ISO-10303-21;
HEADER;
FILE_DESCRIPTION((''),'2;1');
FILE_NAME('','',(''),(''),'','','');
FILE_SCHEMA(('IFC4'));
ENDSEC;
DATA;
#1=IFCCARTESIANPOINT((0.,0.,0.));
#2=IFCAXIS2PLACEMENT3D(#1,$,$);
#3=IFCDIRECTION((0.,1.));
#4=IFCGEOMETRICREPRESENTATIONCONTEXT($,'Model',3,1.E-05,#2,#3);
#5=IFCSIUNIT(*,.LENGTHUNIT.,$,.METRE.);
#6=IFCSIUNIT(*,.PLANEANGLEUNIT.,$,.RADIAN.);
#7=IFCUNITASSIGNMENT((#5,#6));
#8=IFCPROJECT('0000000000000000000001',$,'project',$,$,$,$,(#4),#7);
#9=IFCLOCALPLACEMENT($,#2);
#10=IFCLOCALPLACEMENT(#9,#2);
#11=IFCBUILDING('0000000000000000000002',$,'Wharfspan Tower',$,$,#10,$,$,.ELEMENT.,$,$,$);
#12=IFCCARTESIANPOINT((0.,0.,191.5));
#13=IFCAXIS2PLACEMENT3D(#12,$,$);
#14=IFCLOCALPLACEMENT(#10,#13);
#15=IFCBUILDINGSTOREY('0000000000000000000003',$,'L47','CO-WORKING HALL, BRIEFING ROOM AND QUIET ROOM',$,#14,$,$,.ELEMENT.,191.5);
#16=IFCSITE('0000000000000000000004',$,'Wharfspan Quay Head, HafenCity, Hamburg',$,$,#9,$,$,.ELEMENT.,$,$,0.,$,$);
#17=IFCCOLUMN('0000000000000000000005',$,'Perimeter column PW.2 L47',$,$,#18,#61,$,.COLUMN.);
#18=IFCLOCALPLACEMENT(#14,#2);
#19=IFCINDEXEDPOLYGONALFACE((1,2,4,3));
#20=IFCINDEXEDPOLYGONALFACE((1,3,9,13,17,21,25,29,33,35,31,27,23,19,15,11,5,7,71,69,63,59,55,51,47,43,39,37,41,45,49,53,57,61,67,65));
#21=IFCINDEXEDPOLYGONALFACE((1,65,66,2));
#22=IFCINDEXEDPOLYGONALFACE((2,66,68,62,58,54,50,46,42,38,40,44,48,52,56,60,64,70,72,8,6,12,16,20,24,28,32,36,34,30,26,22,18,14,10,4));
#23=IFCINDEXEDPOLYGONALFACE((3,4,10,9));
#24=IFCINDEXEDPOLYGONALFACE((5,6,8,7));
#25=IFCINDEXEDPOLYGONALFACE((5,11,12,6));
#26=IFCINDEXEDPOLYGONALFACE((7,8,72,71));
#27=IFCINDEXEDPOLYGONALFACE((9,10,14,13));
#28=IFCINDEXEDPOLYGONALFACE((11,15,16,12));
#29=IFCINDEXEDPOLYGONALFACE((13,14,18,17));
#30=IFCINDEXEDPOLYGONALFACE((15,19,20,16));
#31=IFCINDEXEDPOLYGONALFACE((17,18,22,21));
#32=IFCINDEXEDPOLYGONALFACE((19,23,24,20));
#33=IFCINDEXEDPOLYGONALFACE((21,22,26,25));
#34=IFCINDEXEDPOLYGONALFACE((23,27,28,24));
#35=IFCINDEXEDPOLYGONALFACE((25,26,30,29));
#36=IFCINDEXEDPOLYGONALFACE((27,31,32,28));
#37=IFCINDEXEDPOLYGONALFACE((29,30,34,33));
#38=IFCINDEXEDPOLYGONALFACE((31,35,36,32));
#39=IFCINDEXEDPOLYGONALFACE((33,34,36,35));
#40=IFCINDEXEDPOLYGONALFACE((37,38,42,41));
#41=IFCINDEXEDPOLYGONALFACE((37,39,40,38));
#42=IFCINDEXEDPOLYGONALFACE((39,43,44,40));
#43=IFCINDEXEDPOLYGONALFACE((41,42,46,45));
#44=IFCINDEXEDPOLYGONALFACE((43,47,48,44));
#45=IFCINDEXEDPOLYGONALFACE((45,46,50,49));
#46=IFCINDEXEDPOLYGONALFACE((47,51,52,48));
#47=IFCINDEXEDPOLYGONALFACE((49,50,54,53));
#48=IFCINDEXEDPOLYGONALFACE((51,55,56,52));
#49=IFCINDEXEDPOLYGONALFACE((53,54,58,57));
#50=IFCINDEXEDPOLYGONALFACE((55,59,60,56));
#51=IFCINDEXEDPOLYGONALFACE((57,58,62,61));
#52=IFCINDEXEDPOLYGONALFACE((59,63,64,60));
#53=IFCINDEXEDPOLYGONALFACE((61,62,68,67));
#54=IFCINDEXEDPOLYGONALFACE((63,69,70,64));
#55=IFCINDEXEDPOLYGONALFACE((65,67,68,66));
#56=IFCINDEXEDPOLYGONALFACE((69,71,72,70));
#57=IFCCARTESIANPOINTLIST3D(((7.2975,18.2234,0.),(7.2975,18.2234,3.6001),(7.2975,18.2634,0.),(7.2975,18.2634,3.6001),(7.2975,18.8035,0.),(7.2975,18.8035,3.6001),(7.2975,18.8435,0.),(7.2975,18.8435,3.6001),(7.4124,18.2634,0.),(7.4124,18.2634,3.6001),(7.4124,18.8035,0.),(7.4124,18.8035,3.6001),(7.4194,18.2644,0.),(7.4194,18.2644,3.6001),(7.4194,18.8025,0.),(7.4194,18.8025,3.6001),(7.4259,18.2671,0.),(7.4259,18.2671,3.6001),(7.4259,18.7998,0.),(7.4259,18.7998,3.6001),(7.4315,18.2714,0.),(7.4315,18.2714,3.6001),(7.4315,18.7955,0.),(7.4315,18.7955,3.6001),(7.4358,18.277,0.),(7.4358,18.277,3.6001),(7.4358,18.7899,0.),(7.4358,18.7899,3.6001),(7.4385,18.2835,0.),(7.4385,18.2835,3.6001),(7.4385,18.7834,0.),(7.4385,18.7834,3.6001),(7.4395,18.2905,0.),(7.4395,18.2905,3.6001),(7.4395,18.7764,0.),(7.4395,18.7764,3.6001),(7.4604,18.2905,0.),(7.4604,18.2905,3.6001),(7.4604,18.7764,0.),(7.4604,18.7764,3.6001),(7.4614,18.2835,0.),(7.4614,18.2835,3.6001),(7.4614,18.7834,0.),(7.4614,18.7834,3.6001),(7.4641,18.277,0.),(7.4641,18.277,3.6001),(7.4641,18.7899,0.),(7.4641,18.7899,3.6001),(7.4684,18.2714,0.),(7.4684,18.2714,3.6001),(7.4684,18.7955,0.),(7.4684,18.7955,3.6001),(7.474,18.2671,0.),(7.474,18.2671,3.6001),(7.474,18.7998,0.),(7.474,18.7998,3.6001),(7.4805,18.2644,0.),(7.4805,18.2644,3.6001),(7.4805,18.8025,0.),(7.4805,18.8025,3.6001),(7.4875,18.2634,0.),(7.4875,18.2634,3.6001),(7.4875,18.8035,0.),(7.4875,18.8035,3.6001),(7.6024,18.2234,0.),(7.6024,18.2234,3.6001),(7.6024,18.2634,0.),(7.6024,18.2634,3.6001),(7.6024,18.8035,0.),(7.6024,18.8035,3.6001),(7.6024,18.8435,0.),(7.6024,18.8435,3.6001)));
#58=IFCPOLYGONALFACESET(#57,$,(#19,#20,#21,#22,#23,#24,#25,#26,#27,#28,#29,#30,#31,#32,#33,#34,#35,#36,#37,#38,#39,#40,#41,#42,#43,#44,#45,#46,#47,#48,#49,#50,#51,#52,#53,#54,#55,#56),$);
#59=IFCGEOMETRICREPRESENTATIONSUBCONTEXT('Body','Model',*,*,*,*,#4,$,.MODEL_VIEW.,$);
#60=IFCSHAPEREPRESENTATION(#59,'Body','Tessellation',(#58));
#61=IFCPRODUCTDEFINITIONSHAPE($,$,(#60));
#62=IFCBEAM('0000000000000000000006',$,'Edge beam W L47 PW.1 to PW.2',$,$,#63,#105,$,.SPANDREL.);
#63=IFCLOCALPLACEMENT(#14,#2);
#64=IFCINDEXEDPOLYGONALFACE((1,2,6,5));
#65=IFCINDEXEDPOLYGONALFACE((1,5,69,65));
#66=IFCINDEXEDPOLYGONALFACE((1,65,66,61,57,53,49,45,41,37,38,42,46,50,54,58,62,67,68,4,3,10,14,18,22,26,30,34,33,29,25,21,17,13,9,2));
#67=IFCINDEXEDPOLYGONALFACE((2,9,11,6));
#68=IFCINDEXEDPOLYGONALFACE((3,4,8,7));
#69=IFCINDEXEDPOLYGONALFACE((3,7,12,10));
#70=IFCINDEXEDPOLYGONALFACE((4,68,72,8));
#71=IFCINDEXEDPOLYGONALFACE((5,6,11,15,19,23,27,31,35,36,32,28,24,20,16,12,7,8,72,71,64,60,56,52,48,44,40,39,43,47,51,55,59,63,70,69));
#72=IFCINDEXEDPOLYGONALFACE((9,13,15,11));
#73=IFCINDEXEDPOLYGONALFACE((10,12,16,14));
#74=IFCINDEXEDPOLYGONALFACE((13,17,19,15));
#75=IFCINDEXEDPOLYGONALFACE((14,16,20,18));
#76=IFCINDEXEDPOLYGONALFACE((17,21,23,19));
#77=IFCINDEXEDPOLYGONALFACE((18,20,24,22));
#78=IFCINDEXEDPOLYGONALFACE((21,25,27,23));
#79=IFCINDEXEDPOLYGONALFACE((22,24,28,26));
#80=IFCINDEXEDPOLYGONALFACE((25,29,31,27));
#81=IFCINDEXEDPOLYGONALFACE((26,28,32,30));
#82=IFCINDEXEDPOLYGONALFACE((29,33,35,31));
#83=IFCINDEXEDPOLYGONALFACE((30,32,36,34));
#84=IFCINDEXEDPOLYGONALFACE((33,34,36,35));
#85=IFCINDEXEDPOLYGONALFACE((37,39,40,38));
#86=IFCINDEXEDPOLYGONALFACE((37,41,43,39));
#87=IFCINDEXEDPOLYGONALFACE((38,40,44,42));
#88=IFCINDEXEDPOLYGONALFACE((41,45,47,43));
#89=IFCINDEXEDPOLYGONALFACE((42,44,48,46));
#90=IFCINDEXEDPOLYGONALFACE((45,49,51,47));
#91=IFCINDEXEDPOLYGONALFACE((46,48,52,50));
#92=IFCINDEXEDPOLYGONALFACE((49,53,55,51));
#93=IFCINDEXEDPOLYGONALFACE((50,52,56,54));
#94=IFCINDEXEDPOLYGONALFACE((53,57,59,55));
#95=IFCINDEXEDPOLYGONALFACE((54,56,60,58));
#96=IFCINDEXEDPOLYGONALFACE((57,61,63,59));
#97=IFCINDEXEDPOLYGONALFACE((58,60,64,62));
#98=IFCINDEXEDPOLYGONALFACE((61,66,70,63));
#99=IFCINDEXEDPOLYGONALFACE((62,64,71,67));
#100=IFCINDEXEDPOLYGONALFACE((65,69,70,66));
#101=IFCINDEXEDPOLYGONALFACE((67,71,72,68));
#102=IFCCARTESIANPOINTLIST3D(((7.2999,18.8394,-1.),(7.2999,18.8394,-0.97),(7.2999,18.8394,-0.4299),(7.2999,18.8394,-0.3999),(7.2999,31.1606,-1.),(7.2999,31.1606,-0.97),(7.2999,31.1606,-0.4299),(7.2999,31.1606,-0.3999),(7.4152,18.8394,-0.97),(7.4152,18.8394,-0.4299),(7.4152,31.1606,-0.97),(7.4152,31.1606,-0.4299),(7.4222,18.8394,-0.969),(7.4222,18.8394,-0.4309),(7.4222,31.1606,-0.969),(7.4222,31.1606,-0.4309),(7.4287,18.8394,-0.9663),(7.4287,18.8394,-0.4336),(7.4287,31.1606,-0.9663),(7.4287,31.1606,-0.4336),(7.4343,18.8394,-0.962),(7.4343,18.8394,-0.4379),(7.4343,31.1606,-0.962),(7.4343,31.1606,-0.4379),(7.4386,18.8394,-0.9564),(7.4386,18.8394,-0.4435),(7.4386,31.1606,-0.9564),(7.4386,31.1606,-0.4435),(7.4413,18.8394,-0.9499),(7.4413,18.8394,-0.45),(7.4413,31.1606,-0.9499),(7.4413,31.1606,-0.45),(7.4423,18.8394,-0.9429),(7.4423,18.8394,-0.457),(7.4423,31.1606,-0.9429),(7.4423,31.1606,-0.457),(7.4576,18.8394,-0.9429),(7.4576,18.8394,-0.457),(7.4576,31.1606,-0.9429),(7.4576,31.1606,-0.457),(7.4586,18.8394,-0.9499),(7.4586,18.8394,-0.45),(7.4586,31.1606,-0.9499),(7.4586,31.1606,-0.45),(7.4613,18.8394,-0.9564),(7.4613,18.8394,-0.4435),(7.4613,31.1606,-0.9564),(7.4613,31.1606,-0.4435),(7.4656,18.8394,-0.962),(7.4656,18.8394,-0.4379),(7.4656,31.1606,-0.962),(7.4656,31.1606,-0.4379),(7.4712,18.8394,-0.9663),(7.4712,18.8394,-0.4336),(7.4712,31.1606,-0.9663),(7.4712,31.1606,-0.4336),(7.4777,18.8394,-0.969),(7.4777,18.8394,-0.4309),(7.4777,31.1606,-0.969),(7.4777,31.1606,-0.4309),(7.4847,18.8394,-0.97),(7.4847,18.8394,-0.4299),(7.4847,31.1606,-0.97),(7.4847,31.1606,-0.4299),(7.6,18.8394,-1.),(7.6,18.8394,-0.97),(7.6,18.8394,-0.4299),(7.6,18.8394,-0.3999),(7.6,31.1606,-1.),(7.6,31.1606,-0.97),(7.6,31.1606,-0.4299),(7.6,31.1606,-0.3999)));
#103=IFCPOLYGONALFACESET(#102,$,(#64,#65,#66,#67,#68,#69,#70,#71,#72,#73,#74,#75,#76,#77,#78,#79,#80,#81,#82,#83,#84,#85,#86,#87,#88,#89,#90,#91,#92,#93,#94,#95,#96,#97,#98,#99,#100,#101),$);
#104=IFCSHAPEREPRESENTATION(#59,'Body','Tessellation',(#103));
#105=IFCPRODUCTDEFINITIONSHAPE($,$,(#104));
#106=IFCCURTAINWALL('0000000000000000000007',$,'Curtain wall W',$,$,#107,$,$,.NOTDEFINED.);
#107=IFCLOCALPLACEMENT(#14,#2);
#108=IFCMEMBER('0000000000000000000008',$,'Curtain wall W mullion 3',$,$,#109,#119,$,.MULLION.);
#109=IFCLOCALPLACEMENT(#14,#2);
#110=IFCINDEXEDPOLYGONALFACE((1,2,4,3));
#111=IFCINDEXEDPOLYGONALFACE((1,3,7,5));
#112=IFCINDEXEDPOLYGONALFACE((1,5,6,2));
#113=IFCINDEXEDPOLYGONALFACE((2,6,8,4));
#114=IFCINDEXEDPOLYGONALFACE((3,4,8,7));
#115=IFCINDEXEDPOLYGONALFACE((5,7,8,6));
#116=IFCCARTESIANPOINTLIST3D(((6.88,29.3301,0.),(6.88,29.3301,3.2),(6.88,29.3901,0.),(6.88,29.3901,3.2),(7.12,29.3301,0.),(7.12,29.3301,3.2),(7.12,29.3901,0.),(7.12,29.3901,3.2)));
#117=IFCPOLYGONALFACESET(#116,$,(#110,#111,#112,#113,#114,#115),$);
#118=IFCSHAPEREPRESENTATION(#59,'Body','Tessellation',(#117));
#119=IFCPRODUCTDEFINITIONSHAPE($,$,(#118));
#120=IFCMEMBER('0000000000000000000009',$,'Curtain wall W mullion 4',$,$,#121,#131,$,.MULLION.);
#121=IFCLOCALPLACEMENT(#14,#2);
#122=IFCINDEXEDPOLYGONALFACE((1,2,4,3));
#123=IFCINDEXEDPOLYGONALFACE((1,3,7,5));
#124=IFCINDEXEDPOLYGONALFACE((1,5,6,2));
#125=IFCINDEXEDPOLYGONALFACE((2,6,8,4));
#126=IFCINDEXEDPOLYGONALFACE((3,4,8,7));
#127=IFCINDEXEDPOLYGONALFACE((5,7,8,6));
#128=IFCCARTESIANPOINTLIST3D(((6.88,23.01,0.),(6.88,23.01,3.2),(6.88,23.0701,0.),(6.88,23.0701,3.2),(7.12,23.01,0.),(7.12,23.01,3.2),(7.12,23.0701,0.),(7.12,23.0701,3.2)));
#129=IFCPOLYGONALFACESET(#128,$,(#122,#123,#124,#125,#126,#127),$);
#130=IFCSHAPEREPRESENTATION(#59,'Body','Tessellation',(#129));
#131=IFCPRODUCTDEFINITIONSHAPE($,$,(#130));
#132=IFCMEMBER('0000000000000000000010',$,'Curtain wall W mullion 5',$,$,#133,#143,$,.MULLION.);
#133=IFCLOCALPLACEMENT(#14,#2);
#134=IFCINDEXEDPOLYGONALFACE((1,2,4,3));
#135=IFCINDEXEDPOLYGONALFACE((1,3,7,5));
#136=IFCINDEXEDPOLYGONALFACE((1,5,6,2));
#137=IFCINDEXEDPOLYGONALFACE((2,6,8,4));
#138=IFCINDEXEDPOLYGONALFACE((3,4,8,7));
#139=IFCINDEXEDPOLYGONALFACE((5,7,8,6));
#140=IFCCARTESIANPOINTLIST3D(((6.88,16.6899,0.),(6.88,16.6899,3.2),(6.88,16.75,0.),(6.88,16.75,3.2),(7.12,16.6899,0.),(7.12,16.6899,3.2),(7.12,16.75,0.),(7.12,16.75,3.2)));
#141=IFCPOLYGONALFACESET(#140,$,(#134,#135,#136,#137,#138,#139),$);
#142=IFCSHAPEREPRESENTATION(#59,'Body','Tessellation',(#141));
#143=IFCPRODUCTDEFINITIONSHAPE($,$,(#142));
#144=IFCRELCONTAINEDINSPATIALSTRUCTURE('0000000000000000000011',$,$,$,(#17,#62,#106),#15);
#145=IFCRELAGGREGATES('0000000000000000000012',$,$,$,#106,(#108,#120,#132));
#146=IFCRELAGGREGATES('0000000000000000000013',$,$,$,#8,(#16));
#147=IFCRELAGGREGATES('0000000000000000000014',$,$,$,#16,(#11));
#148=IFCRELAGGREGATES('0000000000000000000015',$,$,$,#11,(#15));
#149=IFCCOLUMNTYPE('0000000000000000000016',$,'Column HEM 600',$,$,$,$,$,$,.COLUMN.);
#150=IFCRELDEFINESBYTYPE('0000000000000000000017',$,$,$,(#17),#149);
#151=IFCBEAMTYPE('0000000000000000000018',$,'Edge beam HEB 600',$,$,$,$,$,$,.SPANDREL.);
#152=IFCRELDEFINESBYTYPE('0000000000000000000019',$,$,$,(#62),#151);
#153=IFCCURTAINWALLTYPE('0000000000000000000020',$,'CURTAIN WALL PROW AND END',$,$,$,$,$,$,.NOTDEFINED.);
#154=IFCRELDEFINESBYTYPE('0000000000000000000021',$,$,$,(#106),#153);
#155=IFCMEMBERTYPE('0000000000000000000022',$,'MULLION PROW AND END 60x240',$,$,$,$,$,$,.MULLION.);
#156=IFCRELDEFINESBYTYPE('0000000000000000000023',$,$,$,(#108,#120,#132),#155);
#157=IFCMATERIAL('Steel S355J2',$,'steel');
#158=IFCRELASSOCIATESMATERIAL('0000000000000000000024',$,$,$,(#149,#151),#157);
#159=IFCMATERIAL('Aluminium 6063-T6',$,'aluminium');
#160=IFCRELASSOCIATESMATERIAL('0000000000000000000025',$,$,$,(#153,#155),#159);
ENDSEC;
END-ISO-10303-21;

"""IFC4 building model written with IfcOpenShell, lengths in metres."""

from ifc_helpers import new_model, si_unit, direction, frame, origin, origin_2d, place, context, subcontext, project, spatial, rectangle, i_section, extrude, material, material_profile, profile_set, type_object, element, aggregate, save


model = new_model("IFC4")

# Units and contexts
model_context = context("Model", 3, precision=1e-05, world=origin(), true_north=direction((0.0, 1.0)))
body_context = subcontext(model_context, "Body", "Model", "MODEL_VIEW")
ifc_project = project(units=[si_unit("LENGTHUNIT", "METRE"), si_unit("PLANEANGLEUNIT", "RADIAN")], contexts=[model_context])

# Site, building, storey
site_placement = place(None, origin())
site = spatial("IfcSite", under=ifc_project, at=site_placement, Name="Wharfspan Quay Head, HafenCity, Hamburg", CompositionType="ELEMENT", RefElevation=0.0)
building_placement = place(site_placement, origin())
building = spatial("IfcBuilding", under=site, at=building_placement, Name="Wharfspan Tower", CompositionType="ELEMENT")
storey_placement = place(building_placement, frame((0.0, 0.0, 191.5)))
storey = spatial("IfcBuildingStorey", under=building, at=storey_placement, Name="L47", Description="CO-WORKING HALL, BRIEFING ROOM AND QUIET ROOM", CompositionType="ELEMENT", Elevation=191.5)

# Column
ifc_material_1 = material(Name="Steel S355J2", Category="steel")
ifc_material_profile_1 = material_profile(ifc_material_1, i_section(OverallWidth=0.3049, OverallDepth=0.6201, WebThickness=0.021, FlangeThickness=0.04, FilletRadius=0.0271, at=origin_2d()))
ifc_profile_set_1 = profile_set([ifc_material_profile_1], Name="Steel S355J2")
column_type = type_object("IfcColumnType", Name="Column HEM 600", PredefinedType="COLUMN", material=ifc_profile_set_1)
column_placement = place(storey_placement, frame((7.45, 18.5334, 0.0), z_axis=(0.0, 0.0, 1.0), x_axis=(-1.0, 0.0, 0.0)))
element("IfcColumn", 1, at=column_placement, inside=storey, type_object=column_type, Name="Perimeter column PW.2 L47", PredefinedType="COLUMN", context=body_context, shape_type="SweptSolid", body=[
    extrude(i_section(OverallWidth=0.3049, OverallDepth=0.6201, WebThickness=0.021, FlangeThickness=0.04, FilletRadius=0.0271, at=origin_2d()), origin(), (0.0, 0.0, 1.0), 3.6001),
])

# Beam
ifc_material_profile_2 = material_profile(ifc_material_1, i_section(OverallWidth=0.3, OverallDepth=0.6001, WebThickness=0.0154, FlangeThickness=0.03, FilletRadius=0.0271, at=origin_2d()))
ifc_profile_set_2 = profile_set([ifc_material_profile_2], Name="Steel S355J2")
beam_type = type_object("IfcBeamType", Name="Edge beam HEB 600", PredefinedType="SPANDREL", material=ifc_profile_set_2)
beam_placement = place(storey_placement, frame((7.45, 31.1606, -0.7), z_axis=(0.0, -1.0, 0.0), x_axis=(1.0, 0.0, 0.0)))
element("IfcBeam", 2, at=beam_placement, inside=storey, type_object=beam_type, Name="Edge beam W L47 PW.1 to PW.2", PredefinedType="SPANDREL", context=body_context, shape_type="SweptSolid", body=[
    extrude(i_section(OverallWidth=0.3, OverallDepth=0.6001, WebThickness=0.0154, FlangeThickness=0.03, FilletRadius=0.0271, at=origin_2d()), origin(), (0.0, 0.0, 1.0), 12.3213),
])

# Curtain wall, members
ifc_material_2 = material(Name="Aluminium 6063-T6", Category="aluminium")
curtain_wall_type = type_object("IfcCurtainWallType", Name="CURTAIN WALL PROW AND END", PredefinedType="NOTDEFINED", material=ifc_material_2)
curtain_wall_placement = place(storey_placement, origin())
curtain_wall = element("IfcCurtainWall", 3, at=curtain_wall_placement, inside=storey, type_object=curtain_wall_type, Name="Curtain wall W", PredefinedType="NOTDEFINED")
ifc_material_profile_3 = material_profile(ifc_material_2, rectangle(XDim=0.24, YDim=0.0601, at=origin_2d()))
ifc_profile_set_3 = profile_set([ifc_material_profile_3], Name="Aluminium 6063-T6")
member_type_1 = type_object("IfcMemberType", Name="MULLION PROW AND END 60x240", PredefinedType="MULLION", material=ifc_profile_set_3)
member_1_placement = place(storey_placement, frame((7.0, 29.3601, 0.0), z_axis=(0.0, 0.0, 1.0), x_axis=(1.0, 0.0, 0.0)))
member_1 = element("IfcMember", 4, at=member_1_placement, type_object=member_type_1, Name="Curtain wall W mullion 3", PredefinedType="MULLION", context=body_context, shape_type="SweptSolid", body=[
    extrude(rectangle(XDim=0.24, YDim=0.0601, at=origin_2d()), origin(), (0.0, 0.0, 1.0), 3.2),
])
member_2_placement = place(storey_placement, frame((7.0, 23.04, 0.0), z_axis=(0.0, 0.0, 1.0), x_axis=(1.0, 0.0, 0.0)))
member_2 = element("IfcMember", 5, at=member_2_placement, type_object=member_type_1, Name="Curtain wall W mullion 4", PredefinedType="MULLION", context=body_context, shape_type="SweptSolid", body=[
    extrude(rectangle(XDim=0.24, YDim=0.0601, at=origin_2d()), origin(), (0.0, 0.0, 1.0), 3.2),
])
member_3_placement = place(storey_placement, frame((7.0, 16.72, 0.0), z_axis=(0.0, 0.0, 1.0), x_axis=(1.0, 0.0, 0.0)))
member_3 = element("IfcMember", 6, at=member_3_placement, type_object=member_type_1, Name="Curtain wall W mullion 5", PredefinedType="MULLION", context=body_context, shape_type="SweptSolid", body=[
    extrude(rectangle(XDim=0.24, YDim=0.0601, at=origin_2d()), origin(), (0.0, 0.0, 1.0), 3.2),
])

aggregate(curtain_wall, [member_1, member_2, member_3])

save(model, "model.ifc")
